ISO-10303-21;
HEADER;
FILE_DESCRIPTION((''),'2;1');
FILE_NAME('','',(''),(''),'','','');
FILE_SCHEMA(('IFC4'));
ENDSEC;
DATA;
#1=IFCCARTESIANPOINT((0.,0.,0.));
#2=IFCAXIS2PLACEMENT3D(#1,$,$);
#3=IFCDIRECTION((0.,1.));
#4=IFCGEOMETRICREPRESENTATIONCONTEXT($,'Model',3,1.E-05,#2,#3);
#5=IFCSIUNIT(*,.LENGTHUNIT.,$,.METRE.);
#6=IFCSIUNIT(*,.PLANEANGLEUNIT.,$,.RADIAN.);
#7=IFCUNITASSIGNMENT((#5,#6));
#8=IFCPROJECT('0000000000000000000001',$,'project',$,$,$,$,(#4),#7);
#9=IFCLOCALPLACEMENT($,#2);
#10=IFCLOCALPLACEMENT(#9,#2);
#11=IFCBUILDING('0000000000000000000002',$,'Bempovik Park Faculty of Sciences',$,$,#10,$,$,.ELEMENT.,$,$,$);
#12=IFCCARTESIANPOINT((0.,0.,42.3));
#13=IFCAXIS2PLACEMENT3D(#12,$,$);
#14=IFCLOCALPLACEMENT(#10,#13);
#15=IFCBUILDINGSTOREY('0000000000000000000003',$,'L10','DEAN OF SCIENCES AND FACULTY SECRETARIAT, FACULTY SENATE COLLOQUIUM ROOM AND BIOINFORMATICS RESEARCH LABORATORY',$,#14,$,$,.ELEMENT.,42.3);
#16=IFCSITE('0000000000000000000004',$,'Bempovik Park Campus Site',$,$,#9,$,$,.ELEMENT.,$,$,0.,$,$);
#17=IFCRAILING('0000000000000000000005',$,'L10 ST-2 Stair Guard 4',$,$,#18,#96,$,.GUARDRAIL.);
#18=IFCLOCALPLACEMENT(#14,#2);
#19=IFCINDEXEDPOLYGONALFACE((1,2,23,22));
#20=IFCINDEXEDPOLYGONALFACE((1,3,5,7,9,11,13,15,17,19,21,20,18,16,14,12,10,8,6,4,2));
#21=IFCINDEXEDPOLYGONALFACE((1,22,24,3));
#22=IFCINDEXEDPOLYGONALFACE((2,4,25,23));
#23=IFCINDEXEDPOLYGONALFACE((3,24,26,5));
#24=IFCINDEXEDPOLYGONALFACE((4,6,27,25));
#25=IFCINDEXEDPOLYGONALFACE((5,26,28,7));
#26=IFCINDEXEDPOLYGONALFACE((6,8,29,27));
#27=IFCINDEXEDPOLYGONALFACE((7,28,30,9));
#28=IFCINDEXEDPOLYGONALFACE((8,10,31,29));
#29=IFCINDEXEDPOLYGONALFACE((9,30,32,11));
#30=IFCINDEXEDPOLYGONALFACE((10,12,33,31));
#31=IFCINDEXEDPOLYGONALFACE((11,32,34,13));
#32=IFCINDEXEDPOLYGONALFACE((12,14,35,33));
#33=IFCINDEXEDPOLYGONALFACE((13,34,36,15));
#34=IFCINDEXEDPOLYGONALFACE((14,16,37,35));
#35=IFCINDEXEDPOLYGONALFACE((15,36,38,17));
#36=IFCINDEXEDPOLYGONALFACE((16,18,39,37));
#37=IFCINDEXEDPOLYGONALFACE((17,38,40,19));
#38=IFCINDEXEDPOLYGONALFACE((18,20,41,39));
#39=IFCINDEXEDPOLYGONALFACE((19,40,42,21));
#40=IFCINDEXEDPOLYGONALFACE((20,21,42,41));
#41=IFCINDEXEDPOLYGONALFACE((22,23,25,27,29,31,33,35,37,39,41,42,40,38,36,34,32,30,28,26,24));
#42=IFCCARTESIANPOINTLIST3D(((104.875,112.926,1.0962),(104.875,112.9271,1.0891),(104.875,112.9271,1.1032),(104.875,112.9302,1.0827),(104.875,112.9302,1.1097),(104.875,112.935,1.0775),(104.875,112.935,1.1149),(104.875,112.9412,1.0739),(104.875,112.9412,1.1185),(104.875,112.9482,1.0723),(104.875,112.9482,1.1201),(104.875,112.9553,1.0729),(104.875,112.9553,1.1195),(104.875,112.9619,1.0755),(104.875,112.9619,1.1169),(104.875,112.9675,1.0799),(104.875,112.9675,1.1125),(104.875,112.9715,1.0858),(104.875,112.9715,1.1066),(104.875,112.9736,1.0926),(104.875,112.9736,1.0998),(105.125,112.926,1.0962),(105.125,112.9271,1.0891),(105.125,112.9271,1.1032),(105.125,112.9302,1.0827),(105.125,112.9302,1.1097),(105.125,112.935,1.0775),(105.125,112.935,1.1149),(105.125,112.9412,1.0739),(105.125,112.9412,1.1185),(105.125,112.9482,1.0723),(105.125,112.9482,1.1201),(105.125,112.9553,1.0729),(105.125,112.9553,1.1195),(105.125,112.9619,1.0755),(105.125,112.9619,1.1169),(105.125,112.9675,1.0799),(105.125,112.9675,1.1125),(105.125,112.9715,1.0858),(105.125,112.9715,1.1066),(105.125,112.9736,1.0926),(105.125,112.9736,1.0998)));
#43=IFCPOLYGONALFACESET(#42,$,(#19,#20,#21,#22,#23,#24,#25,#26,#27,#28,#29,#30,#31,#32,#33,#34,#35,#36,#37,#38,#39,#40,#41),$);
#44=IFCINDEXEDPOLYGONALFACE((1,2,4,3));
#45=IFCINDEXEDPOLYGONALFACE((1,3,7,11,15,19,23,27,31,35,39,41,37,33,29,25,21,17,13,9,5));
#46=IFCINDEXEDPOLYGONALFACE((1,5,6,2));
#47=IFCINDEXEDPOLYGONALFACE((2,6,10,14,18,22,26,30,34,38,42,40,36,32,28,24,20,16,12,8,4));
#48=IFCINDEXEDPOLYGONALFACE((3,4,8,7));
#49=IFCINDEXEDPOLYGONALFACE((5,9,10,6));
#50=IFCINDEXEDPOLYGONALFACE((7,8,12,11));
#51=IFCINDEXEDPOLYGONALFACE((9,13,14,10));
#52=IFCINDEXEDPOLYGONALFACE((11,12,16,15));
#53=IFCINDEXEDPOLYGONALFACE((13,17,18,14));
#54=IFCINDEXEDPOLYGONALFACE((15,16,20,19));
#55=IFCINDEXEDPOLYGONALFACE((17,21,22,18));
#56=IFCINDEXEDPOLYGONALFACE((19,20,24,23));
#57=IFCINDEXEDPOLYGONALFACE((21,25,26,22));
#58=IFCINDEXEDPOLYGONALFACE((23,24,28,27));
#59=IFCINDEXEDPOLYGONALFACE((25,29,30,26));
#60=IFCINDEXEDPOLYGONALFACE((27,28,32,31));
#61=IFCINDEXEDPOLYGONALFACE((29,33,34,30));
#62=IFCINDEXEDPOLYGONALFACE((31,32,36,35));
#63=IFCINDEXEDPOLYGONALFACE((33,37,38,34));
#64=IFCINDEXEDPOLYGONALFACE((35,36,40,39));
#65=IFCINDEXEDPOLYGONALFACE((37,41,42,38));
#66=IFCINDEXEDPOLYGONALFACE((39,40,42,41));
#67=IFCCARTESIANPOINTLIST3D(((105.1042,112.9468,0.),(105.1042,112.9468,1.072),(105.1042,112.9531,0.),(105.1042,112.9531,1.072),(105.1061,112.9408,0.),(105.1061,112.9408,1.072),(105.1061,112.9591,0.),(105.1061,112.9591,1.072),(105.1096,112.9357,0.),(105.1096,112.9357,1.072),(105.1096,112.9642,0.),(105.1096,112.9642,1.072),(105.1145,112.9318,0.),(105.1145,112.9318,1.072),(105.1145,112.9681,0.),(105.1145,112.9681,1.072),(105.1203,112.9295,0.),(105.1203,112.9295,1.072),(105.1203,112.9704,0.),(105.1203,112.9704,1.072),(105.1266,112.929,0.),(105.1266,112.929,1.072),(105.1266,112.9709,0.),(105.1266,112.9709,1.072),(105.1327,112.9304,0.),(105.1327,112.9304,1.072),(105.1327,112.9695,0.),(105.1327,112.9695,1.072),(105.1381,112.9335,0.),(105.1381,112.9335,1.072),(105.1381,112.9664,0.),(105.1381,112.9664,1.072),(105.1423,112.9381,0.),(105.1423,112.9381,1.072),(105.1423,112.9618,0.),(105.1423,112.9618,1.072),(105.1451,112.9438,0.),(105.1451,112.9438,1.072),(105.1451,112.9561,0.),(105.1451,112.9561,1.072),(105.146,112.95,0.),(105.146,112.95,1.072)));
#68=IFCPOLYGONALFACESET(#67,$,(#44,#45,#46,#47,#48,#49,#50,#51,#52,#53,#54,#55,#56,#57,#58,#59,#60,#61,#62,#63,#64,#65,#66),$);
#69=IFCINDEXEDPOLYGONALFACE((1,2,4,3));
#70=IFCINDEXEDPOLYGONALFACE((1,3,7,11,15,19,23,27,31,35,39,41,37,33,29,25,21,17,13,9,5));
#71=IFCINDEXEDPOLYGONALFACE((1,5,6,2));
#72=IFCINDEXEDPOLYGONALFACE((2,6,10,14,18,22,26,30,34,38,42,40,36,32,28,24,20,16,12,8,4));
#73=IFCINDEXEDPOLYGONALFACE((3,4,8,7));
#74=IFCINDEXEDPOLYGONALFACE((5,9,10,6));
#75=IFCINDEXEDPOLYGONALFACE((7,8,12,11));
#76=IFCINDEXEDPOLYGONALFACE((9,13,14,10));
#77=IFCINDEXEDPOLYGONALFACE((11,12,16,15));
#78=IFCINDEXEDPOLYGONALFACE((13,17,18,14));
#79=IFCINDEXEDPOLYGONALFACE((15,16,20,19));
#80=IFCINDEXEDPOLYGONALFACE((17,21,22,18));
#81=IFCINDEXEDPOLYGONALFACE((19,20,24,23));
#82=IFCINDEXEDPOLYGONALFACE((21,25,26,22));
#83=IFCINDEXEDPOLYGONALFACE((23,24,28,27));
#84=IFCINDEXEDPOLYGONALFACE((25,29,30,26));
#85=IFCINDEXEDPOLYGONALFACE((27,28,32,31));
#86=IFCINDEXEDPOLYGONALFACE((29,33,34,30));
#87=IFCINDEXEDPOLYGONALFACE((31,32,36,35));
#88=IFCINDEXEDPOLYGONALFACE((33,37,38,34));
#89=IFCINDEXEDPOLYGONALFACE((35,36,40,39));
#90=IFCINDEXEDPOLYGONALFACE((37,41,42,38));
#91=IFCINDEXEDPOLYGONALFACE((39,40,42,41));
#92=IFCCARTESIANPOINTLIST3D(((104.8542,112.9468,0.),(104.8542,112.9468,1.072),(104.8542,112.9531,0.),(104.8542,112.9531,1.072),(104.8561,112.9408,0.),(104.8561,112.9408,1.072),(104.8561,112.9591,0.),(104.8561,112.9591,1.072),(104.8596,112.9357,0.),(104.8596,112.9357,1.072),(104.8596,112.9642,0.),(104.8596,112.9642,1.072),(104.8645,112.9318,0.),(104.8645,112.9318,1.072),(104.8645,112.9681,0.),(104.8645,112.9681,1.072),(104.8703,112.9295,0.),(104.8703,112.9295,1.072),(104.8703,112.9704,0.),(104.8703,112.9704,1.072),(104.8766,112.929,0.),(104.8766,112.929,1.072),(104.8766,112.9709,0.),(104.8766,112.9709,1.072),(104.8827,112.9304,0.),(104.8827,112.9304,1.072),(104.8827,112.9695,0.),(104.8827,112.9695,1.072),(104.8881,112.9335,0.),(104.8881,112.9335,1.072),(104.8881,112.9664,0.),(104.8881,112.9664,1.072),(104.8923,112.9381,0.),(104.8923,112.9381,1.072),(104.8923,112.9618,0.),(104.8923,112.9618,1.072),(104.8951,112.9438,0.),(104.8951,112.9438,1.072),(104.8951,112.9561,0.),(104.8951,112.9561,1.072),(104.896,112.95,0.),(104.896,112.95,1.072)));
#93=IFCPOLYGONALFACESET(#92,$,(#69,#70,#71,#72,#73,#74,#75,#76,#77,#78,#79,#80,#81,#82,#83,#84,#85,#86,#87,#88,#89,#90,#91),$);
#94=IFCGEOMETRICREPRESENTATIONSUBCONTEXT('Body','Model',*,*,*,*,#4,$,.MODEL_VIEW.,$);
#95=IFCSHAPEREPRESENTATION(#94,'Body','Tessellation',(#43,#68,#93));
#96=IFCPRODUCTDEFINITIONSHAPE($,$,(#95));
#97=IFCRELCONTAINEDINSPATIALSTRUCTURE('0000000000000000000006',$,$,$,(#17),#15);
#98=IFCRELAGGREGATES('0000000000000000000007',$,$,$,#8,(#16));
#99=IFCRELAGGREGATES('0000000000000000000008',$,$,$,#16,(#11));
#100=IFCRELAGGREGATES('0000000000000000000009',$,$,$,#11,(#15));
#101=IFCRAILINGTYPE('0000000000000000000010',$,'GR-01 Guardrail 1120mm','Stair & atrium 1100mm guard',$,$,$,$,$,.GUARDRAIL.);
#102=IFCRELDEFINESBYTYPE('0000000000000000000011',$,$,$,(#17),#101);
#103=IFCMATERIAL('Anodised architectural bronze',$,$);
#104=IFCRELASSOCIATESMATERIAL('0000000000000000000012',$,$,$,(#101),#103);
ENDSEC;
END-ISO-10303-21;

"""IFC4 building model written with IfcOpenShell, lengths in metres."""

from ifc_helpers import new_model, si_unit, direction, frame, origin, origin_2d, place, context, subcontext, project, spatial, circle, extrude, material, type_object, element, save


model = new_model("IFC4")

# Units and contexts
model_context = context("Model", 3, precision=1e-05, world=origin(), true_north=direction((0.0, 1.0)))
body_context = subcontext(model_context, "Body", "Model", "MODEL_VIEW")
ifc_project = project(units=[si_unit("LENGTHUNIT", "METRE"), si_unit("PLANEANGLEUNIT", "RADIAN")], contexts=[model_context])

# Site, building, storey
site_placement = place(None, origin())
site = spatial("IfcSite", under=ifc_project, at=site_placement, Name="Bempovik Park Campus Site", CompositionType="ELEMENT", RefElevation=0.0)
building_placement = place(site_placement, origin())
building = spatial("IfcBuilding", under=site, at=building_placement, Name="Bempovik Park Faculty of Sciences", CompositionType="ELEMENT")
storey_placement = place(building_placement, frame((0.0, 0.0, 42.3)))
storey = spatial("IfcBuildingStorey", under=building, at=storey_placement, Name="L10", Description="DEAN OF SCIENCES AND FACULTY SECRETARIAT, FACULTY SENATE COLLOQUIUM ROOM AND BIOINFORMATICS RESEARCH LABORATORY", CompositionType="ELEMENT", Elevation=42.3)

# Railing
ifc_material_1 = material(Name="Anodised architectural bronze")
railing_type_1 = type_object("IfcRailingType", Name="GR-01 Guardrail 1120mm", Description="Stair & atrium 1100mm guard", PredefinedType="GUARDRAIL", material=ifc_material_1)
railing_1_placement = place(storey_placement, frame((105.125, 112.95, 0.0)))
element("IfcRailing", 1, at=railing_1_placement, inside=storey, type_object=railing_type_1, Name="L10 ST-2 Stair Guard 4", PredefinedType="GUARDRAIL", context=body_context, shape_type="SweptSolid", body=[
    extrude(circle(Radius=0.0239, at=origin_2d()), frame((0.0, 0.0, 1.0962), z_axis=(-1.0, 0.0, 0.0), x_axis=(0.0, -1.0, 0.0)), (0.0, 0.0, 1.0), 0.25),
    extrude(circle(Radius=0.021, at=origin_2d()), origin(), (0.0, 0.0, 1.0), 1.072),
    extrude(circle(Radius=0.021, at=origin_2d()), frame((-0.25, 0.0, 0.0)), (0.0, 0.0, 1.0), 1.072),
])

save(model, "model.ifc")
